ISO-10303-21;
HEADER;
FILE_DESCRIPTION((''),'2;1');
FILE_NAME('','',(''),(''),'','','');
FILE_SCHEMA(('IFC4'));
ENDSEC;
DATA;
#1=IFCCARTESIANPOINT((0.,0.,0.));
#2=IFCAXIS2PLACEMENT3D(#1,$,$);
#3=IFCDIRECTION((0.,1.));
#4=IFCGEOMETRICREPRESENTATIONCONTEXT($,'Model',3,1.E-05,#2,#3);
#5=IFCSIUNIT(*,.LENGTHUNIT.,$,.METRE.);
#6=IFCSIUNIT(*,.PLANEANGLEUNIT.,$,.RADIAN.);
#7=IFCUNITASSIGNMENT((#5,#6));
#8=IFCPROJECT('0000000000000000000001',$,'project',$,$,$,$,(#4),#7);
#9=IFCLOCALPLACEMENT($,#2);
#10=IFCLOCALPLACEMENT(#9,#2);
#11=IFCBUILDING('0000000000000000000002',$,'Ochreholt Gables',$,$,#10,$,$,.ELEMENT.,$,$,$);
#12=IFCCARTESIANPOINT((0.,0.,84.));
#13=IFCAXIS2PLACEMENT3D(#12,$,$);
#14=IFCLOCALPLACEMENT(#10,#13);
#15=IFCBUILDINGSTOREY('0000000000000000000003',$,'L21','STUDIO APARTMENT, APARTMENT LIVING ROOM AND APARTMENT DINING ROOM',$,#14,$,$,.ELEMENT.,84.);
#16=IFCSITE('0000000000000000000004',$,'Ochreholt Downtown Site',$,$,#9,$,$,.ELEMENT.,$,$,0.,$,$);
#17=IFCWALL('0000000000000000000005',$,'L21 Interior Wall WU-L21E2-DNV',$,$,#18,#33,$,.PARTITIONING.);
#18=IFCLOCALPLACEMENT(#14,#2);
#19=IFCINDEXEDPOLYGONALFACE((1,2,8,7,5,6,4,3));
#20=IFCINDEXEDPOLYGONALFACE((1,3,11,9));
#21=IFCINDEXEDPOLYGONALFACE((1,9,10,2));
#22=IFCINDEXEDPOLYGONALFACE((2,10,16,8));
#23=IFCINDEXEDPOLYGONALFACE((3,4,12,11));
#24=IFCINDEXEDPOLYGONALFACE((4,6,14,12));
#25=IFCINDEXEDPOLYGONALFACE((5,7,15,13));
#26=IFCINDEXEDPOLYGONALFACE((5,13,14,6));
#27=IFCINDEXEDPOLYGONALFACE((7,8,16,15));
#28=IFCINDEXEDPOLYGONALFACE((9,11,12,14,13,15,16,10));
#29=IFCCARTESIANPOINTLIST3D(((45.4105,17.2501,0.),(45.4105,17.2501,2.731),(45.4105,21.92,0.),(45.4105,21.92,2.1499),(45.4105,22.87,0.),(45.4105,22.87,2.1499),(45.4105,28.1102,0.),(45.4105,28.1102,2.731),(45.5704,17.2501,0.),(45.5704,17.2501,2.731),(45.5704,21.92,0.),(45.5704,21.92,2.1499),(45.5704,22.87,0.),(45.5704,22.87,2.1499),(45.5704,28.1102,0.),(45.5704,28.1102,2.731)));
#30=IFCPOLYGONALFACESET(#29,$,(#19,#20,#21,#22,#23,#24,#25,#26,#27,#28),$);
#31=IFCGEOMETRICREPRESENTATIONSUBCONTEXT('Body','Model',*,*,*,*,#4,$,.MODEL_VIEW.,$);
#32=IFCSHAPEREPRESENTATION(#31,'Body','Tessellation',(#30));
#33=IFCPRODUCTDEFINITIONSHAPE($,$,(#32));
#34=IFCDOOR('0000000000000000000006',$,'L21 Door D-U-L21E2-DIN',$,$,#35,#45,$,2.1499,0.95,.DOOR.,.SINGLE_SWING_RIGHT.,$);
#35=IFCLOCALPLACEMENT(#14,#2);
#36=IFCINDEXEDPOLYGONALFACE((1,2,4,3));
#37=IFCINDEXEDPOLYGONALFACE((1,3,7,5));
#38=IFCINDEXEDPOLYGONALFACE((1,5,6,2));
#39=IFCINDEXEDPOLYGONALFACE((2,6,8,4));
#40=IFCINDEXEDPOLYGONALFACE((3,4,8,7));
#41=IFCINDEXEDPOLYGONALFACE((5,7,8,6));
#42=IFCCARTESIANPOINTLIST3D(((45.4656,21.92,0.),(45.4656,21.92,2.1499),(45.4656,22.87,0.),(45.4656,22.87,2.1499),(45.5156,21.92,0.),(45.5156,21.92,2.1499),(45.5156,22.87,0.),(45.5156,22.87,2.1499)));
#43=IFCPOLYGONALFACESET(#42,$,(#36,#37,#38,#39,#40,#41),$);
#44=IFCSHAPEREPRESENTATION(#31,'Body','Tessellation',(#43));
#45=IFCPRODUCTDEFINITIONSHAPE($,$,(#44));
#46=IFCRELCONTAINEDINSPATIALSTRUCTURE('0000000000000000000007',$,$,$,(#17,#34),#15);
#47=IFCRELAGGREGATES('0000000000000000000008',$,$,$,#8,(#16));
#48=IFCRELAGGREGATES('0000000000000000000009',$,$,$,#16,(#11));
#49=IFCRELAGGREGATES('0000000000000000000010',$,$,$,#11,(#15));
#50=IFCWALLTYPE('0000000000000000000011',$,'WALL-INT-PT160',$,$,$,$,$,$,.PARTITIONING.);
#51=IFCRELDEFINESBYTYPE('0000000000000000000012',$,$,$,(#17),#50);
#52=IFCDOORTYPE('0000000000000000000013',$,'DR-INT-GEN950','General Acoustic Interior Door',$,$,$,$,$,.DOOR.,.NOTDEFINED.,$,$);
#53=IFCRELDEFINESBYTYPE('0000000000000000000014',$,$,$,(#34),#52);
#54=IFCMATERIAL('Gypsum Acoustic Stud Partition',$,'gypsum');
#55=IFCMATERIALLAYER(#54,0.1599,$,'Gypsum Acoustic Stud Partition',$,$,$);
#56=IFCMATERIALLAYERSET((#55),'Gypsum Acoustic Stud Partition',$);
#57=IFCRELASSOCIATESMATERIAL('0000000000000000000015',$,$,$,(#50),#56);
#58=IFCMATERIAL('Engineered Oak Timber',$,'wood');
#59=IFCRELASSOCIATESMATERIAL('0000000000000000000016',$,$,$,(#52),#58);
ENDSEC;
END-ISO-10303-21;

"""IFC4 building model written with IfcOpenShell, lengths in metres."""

from ifc_helpers import new_model, si_unit, direction, frame, frame_2d, origin, place, context, subcontext, project, spatial, rectangle, extrude, material, layer, layer_set, type_object, element, fill, save


model = new_model("IFC4")

# Units and contexts
model_context = context("Model", 3, precision=1e-05, world=origin(), true_north=direction((0.0, 1.0)))
body_context = subcontext(model_context, "Body", "Model", "MODEL_VIEW")
ifc_project = project(units=[si_unit("LENGTHUNIT", "METRE"), si_unit("PLANEANGLEUNIT", "RADIAN")], contexts=[model_context])

# Site, building, storey
site_placement = place(None, origin())
site = spatial("IfcSite", under=ifc_project, at=site_placement, Name="Ochreholt Downtown Site", CompositionType="ELEMENT", RefElevation=0.0)
building_placement = place(site_placement, origin())
building = spatial("IfcBuilding", under=site, at=building_placement, Name="Ochreholt Gables", CompositionType="ELEMENT")
storey_placement = place(building_placement, frame((0.0, 0.0, 84.0)))
storey = spatial("IfcBuildingStorey", under=building, at=storey_placement, Name="L21", Description="STUDIO APARTMENT, APARTMENT LIVING ROOM AND APARTMENT DINING ROOM", CompositionType="ELEMENT", Elevation=84.0)

# Wall, opening, door
ifc_material_1 = material(Name="Gypsum Acoustic Stud Partition", Category="gypsum")
ifc_layer_1 = layer(ifc_material_1, 0.1599, Name="Gypsum Acoustic Stud Partition")
ifc_layer_set_1 = layer_set([ifc_layer_1], Name="Gypsum Acoustic Stud Partition")
wall_type_1 = type_object("IfcWallType", Name="WALL-INT-PT160", PredefinedType="PARTITIONING", material=ifc_layer_set_1)
wall_1_placement = place(storey_placement, frame((45.4905, 17.25, 0.0), z_axis=(0.0, 0.0, 1.0), x_axis=(0.0, 1.0, 0.0)))
wall_1 = element("IfcWall", 1, at=wall_1_placement, inside=storey, type_object=wall_type_1, Name="L21 Interior Wall WU-L21E2-DNV", PredefinedType="PARTITIONING", context=body_context, shape_type="SweptSolid", body=[
    extrude(rectangle(XDim=10.8601, YDim=0.1599, at=frame_2d((5.4302, 0.0))), origin(), (0.0, 0.0, 1.0), 2.731),
])
opening_1_placement = place(wall_1_placement, frame((4.6699, 0.0, 0.0)))
opening_1 = element("IfcOpeningElement", 2, at=opening_1_placement, cuts=wall_1, PredefinedType="OPENING", context=body_context, shape_type="SweptSolid", body=[
    extrude(rectangle(XDim=0.95, YDim=2.1499, at=frame_2d((0.4751, 1.075))), frame((0.0, 0.0898, 0.0), z_axis=(0.0, -1.0, 0.0), x_axis=(1.0, 0.0, 0.0)), (0.0, 0.0, 1.0), 0.1799),
])
ifc_material_2 = material(Name="Engineered Oak Timber", Category="wood")
door_type = type_object("IfcDoorType", Name="DR-INT-GEN950", Description="General Acoustic Interior Door", OperationType="NOTDEFINED", PredefinedType="DOOR", material=ifc_material_2)
door_placement = place(opening_1_placement, origin())
door = element("IfcDoor", 3, at=door_placement, inside=storey, type_object=door_type, Name="L21 Door D-U-L21E2-DIN", OperationType="SINGLE_SWING_RIGHT", OverallHeight=2.1499, OverallWidth=0.95, PredefinedType="DOOR", context=body_context, shape_type="SweptSolid", body=[
    extrude(rectangle(XDim=0.95, YDim=2.1499, at=frame_2d((0.4751, 1.075))), frame((0.0, 0.0249, 0.0), z_axis=(0.0, -1.0, 0.0), x_axis=(1.0, 0.0, 0.0)), (0.0, 0.0, 1.0), 0.05),
])
fill(opening_1, door)

save(model, "model.ifc")
